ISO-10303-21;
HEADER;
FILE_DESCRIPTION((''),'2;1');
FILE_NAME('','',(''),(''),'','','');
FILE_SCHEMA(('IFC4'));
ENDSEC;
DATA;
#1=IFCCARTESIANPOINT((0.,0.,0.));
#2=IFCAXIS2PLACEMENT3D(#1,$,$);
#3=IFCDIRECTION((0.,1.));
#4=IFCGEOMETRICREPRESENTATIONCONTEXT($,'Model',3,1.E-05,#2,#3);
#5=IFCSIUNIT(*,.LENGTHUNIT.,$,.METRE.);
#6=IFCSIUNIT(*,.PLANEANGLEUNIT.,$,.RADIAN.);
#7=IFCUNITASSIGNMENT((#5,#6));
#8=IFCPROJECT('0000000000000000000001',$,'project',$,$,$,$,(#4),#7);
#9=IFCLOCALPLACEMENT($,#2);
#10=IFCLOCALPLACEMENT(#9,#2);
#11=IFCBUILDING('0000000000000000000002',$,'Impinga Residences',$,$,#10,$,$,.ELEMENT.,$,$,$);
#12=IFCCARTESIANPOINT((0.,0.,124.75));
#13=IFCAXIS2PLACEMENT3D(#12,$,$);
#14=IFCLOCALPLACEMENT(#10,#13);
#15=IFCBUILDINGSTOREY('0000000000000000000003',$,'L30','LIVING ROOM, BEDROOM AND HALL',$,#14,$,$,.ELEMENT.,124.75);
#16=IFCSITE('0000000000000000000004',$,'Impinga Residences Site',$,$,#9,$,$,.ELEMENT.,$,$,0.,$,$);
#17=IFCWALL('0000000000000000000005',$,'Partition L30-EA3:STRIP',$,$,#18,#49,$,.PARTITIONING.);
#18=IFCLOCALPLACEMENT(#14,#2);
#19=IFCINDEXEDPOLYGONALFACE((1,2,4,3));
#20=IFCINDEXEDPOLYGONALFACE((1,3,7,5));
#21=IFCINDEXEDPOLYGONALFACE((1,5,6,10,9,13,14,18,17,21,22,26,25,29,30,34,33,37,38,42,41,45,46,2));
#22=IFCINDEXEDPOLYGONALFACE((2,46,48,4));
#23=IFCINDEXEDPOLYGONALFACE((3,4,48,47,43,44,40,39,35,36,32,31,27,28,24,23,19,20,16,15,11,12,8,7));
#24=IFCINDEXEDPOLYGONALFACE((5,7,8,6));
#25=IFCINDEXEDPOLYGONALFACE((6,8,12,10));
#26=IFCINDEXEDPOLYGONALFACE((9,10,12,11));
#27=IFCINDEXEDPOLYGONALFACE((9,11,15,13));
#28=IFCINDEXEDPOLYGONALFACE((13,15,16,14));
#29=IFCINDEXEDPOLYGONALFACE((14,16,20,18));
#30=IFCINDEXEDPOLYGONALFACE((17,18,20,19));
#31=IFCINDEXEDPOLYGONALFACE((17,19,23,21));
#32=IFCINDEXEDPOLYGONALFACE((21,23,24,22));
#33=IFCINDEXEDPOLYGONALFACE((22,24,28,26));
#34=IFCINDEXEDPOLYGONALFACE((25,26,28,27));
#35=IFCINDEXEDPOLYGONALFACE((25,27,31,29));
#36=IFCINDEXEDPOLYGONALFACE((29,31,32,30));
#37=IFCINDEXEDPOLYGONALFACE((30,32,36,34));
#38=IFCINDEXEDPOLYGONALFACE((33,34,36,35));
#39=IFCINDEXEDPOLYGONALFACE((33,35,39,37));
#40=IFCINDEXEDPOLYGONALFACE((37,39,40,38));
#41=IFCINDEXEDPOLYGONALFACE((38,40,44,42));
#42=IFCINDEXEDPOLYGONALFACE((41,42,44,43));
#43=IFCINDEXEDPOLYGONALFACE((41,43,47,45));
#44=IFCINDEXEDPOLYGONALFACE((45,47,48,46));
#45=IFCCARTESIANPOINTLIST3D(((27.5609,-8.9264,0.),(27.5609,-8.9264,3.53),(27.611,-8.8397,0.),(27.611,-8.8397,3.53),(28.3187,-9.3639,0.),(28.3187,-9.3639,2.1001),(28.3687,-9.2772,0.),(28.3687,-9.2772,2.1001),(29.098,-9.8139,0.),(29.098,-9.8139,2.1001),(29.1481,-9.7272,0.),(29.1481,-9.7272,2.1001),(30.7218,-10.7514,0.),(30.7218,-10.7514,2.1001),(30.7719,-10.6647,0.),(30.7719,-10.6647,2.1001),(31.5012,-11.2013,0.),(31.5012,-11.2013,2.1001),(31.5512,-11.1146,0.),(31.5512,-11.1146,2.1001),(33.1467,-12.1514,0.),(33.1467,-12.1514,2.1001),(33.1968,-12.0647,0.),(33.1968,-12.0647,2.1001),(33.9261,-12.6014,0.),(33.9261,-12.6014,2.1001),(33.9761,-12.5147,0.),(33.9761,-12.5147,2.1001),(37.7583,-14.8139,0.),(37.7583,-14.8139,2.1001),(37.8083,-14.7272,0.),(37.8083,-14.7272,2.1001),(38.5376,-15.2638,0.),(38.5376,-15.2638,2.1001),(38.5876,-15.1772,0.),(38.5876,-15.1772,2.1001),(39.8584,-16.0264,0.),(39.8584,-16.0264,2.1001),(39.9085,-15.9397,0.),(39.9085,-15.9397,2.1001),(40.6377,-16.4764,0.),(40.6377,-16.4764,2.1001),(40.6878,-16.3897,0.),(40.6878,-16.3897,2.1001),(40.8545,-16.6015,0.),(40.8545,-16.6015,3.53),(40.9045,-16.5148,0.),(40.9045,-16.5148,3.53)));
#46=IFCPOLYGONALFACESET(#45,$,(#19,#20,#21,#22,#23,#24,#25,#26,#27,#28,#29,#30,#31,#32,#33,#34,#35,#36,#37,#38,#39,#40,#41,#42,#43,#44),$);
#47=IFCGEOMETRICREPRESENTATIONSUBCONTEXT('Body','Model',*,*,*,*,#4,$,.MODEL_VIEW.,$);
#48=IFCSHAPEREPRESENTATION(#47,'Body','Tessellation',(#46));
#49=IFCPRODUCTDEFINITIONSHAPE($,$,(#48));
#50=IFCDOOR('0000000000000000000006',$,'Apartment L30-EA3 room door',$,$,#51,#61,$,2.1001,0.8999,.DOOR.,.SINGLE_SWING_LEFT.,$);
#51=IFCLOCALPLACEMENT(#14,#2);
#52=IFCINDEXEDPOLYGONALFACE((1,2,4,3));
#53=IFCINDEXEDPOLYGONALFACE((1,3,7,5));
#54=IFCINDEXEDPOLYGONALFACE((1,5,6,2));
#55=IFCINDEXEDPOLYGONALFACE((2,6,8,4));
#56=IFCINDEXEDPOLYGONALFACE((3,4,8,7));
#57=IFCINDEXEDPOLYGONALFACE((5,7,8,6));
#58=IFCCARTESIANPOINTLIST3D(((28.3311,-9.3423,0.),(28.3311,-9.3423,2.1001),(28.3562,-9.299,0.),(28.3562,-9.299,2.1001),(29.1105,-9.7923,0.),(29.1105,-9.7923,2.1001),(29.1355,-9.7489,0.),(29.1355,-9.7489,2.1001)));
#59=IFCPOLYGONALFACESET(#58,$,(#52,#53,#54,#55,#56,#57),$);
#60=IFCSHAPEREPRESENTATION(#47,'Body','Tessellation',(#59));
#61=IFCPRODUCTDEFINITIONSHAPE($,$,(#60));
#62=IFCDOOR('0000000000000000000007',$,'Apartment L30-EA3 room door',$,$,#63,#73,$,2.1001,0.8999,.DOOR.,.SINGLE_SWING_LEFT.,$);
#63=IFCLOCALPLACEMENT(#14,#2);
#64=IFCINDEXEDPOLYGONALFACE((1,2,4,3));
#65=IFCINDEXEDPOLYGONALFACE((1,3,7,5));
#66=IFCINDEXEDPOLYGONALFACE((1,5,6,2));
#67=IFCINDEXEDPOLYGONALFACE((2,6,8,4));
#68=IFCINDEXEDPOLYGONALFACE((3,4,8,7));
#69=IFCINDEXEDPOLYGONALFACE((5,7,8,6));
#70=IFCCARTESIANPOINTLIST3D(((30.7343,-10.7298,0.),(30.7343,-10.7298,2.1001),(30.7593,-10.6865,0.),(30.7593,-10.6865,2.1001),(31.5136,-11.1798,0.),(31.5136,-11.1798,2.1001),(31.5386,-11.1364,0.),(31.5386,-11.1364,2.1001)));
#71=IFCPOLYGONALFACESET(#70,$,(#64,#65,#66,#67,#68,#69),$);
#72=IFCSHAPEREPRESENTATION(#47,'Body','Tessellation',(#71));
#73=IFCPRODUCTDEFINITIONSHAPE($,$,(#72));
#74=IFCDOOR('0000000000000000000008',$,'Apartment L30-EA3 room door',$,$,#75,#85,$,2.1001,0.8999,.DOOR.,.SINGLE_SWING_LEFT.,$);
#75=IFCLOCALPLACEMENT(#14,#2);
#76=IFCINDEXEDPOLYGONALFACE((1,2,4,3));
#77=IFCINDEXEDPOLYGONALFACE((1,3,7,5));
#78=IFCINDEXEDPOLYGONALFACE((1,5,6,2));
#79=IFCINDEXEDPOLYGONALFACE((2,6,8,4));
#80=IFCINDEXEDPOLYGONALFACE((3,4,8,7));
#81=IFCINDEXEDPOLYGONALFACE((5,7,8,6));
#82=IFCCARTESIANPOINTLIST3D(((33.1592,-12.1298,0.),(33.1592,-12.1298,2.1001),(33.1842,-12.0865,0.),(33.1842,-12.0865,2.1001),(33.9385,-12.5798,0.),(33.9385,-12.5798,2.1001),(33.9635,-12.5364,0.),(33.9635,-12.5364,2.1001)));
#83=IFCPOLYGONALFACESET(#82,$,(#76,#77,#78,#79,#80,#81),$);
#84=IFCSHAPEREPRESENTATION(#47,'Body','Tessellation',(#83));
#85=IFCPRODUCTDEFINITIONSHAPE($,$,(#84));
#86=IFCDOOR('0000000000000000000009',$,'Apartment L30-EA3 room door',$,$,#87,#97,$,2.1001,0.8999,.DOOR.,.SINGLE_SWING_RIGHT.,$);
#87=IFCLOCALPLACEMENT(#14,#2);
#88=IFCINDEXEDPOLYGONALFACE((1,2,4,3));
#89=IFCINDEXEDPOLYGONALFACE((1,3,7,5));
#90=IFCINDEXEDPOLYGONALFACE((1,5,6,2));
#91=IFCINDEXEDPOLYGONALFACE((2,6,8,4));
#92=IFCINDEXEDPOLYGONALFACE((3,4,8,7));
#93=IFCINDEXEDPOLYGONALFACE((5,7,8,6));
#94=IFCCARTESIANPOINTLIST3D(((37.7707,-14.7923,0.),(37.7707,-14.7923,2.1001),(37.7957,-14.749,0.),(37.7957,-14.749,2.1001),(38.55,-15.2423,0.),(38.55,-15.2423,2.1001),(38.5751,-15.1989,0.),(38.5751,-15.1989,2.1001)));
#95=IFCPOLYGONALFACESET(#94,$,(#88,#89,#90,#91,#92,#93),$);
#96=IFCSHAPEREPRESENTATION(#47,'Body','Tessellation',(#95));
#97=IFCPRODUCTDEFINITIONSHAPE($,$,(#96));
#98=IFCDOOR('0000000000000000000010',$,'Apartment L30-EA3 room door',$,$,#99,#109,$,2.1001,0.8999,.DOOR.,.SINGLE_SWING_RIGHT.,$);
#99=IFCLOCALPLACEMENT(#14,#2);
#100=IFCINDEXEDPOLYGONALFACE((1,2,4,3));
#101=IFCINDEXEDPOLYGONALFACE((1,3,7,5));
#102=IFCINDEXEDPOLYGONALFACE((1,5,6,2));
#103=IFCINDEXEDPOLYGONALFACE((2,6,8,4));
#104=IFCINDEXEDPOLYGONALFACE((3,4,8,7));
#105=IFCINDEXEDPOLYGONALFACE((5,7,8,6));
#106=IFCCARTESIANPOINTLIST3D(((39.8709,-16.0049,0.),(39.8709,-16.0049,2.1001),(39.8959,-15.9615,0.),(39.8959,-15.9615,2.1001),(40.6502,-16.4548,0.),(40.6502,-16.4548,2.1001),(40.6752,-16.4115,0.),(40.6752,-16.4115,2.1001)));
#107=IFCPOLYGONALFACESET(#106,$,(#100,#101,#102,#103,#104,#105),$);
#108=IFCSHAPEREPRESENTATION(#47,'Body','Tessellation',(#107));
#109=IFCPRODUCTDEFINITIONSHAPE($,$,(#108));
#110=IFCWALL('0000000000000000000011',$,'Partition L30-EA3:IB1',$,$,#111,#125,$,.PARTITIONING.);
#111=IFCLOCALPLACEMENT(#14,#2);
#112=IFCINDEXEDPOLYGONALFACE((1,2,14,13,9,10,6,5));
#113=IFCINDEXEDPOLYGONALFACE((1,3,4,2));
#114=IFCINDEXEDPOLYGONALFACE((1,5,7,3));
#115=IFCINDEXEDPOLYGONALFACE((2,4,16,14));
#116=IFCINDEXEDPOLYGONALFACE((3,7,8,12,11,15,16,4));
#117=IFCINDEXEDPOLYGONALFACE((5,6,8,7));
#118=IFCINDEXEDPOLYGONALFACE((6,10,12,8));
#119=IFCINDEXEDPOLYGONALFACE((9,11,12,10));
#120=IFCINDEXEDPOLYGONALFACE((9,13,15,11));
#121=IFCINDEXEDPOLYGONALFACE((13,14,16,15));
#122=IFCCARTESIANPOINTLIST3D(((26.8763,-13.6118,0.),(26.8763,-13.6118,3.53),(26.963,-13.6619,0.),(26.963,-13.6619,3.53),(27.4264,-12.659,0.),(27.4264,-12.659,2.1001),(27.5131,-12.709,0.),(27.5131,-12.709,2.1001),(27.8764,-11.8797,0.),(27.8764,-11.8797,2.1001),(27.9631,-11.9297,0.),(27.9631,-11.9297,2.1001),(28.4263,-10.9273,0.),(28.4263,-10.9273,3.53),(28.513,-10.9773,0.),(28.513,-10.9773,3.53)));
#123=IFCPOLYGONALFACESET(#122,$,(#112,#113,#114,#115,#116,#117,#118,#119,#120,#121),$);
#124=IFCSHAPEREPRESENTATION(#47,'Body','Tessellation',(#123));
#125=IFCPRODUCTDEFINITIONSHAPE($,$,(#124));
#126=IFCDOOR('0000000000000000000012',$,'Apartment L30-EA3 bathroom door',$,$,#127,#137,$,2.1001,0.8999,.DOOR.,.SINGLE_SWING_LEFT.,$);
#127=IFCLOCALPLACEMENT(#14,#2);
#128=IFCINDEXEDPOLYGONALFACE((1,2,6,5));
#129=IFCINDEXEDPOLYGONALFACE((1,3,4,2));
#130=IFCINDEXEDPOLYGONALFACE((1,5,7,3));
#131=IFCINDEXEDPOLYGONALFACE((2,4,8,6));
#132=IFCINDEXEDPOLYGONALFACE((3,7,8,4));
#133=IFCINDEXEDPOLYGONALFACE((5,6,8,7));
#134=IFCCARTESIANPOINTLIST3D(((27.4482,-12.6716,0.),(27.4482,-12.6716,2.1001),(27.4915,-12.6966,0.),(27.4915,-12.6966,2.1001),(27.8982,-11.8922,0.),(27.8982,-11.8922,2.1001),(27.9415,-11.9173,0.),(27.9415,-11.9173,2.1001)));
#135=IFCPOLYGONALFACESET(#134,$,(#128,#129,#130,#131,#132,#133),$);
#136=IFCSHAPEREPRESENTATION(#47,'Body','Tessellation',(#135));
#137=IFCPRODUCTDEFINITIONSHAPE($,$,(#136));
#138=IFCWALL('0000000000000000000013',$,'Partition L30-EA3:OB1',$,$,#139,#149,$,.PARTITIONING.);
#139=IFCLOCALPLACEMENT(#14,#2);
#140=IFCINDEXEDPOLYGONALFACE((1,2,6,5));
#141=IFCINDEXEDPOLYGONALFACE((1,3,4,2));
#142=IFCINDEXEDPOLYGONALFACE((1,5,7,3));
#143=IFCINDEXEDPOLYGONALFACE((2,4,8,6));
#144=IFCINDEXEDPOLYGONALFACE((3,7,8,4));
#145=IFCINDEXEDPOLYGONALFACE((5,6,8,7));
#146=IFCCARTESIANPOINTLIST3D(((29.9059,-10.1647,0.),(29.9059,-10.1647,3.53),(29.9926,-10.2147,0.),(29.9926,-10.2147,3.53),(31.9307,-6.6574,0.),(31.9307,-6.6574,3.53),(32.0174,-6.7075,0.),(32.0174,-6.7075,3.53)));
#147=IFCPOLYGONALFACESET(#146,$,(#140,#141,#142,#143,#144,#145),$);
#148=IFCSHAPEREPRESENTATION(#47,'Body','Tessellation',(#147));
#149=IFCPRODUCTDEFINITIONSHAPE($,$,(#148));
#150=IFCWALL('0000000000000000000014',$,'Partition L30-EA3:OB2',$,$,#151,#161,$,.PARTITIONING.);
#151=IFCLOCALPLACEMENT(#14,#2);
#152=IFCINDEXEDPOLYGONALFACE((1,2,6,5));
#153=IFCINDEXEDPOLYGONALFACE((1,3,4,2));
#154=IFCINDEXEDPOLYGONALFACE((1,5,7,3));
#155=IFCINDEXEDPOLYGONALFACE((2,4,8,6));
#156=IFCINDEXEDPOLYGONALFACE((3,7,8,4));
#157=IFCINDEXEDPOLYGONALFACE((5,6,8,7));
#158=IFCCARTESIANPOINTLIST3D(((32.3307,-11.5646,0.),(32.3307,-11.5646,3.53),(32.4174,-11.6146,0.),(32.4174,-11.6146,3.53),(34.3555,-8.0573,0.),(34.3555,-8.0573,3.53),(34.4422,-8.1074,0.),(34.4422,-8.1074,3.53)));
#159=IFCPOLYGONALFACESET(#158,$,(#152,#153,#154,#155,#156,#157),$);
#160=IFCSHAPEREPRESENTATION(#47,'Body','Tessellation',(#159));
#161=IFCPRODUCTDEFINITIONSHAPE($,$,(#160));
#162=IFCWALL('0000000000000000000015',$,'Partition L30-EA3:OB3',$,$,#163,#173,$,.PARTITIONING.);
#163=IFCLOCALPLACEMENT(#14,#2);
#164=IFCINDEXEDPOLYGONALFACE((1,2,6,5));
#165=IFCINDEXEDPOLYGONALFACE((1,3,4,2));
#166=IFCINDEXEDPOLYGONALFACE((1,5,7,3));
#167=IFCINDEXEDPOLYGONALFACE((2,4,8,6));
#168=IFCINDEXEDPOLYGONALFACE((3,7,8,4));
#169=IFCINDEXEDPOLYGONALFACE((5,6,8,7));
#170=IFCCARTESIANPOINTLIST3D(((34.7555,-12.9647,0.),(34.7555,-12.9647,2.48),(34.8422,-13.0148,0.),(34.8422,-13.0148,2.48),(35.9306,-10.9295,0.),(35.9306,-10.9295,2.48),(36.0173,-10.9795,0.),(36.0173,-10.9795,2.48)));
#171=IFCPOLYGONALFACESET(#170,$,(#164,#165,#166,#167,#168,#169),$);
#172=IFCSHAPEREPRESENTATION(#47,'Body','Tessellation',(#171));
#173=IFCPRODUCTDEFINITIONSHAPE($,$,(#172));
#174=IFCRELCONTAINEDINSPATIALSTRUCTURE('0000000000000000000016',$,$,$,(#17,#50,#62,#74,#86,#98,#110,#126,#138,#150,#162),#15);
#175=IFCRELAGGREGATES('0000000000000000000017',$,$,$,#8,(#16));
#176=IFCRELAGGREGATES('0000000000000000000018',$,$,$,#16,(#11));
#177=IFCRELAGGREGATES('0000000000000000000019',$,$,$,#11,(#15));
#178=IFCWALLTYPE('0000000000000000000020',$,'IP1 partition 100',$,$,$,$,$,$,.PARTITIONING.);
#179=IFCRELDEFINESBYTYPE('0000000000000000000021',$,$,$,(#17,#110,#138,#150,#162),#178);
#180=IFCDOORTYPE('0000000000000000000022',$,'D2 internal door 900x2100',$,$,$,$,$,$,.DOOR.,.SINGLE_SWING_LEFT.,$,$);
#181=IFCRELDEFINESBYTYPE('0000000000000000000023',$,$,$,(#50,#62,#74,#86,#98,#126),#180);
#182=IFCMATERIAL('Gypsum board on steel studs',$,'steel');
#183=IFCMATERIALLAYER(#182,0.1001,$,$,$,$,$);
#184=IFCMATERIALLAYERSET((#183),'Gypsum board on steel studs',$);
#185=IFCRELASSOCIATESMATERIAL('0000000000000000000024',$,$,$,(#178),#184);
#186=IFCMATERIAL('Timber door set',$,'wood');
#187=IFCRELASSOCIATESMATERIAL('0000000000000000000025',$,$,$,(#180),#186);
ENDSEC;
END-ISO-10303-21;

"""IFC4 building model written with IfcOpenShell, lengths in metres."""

from ifc_helpers import new_model, si_unit, direction, frame, frame_2d, origin, place, context, subcontext, project, spatial, rectangle, extrude, material, layer, layer_set, type_object, element, fill, save


model = new_model("IFC4")

# Units and contexts
model_context = context("Model", 3, precision=1e-05, world=origin(), true_north=direction((0.0, 1.0)))
body_context = subcontext(model_context, "Body", "Model", "MODEL_VIEW")
ifc_project = project(units=[si_unit("LENGTHUNIT", "METRE"), si_unit("PLANEANGLEUNIT", "RADIAN")], contexts=[model_context])

# Site, building, storey
site_placement = place(None, origin())
site = spatial("IfcSite", under=ifc_project, at=site_placement, Name="Impinga Residences Site", CompositionType="ELEMENT", RefElevation=0.0)
building_placement = place(site_placement, origin())
building = spatial("IfcBuilding", under=site, at=building_placement, Name="Impinga Residences", CompositionType="ELEMENT")
storey_placement = place(building_placement, frame((0.0, 0.0, 124.75)))
storey = spatial("IfcBuildingStorey", under=building, at=storey_placement, Name="L30", Description="LIVING ROOM, BEDROOM AND HALL", CompositionType="ELEMENT", Elevation=124.75)

# Shared definitions
ifc_material_1 = material(Name="Gypsum board on steel studs", Category="steel")
ifc_layer_1 = layer(ifc_material_1, 0.1001)
ifc_layer_set_1 = layer_set([ifc_layer_1], Name="Gypsum board on steel studs")
wall_type_1 = type_object("IfcWallType", Name="IP1 partition 100", PredefinedType="PARTITIONING", material=ifc_layer_set_1)

# Wall, openings, doors
wall_1_placement = place(storey_placement, frame((27.5859, -8.8831, 0.0), z_axis=(0.0, 0.0, 1.0), x_axis=(0.866023, -0.500003, 0.0)))
wall_1 = element("IfcWall", 1, at=wall_1_placement, inside=storey, type_object=wall_type_1, Name="Partition L30-EA3:STRIP", PredefinedType="PARTITIONING", context=body_context, shape_type="SweptSolid", body=[
    extrude(rectangle(XDim=15.3501, YDim=0.1001, at=frame_2d((7.675, 0.0))), origin(), (0.0, 0.0, 1.0), 3.53),
])
opening_1_placement = place(wall_1_placement, frame((0.875, 0.0, 0.0)))
opening_1 = element("IfcOpeningElement", 2, at=opening_1_placement, cuts=wall_1, PredefinedType="OPENING", context=body_context, shape_type="SweptSolid", body=[
    extrude(rectangle(XDim=0.8999, YDim=2.1001, at=frame_2d((0.45, 1.05))), frame((0.0, 0.0601, 0.0), z_axis=(0.0, -1.0, 0.0), x_axis=(1.0, 0.0, 0.0)), (0.0, 0.0, 1.0), 0.1201),
])
opening_2_placement = place(wall_1_placement, frame((3.6499, 0.0, 0.0)))
opening_2 = element("IfcOpeningElement", 3, at=opening_2_placement, cuts=wall_1, PredefinedType="OPENING", context=body_context, shape_type="SweptSolid", body=[
    extrude(rectangle(XDim=0.8999, YDim=2.1001, at=frame_2d((0.45, 1.05))), frame((0.0, 0.0601, 0.0), z_axis=(0.0, -1.0, 0.0), x_axis=(1.0, 0.0, 0.0)), (0.0, 0.0, 1.0), 0.1201),
])
opening_3_placement = place(wall_1_placement, frame((6.45, 0.0, 0.0)))
opening_3 = element("IfcOpeningElement", 4, at=opening_3_placement, cuts=wall_1, PredefinedType="OPENING", context=body_context, shape_type="SweptSolid", body=[
    extrude(rectangle(XDim=0.8999, YDim=2.1001, at=frame_2d((0.45, 1.05))), frame((0.0, 0.0601, 0.0), z_axis=(0.0, -1.0, 0.0), x_axis=(1.0, 0.0, 0.0)), (0.0, 0.0, 1.0), 0.1201),
])
opening_4_placement = place(wall_1_placement, frame((11.7749, 0.0, 0.0)))
opening_4 = element("IfcOpeningElement", 5, at=opening_4_placement, cuts=wall_1, PredefinedType="OPENING", context=body_context, shape_type="SweptSolid", body=[
    extrude(rectangle(XDim=0.8999, YDim=2.1001, at=frame_2d((0.45, 1.05))), frame((0.0, 0.0601, 0.0), z_axis=(0.0, -1.0, 0.0), x_axis=(1.0, 0.0, 0.0)), (0.0, 0.0, 1.0), 0.1201),
])
opening_5_placement = place(wall_1_placement, frame((14.2, 0.0, 0.0)))
opening_5 = element("IfcOpeningElement", 6, at=opening_5_placement, cuts=wall_1, PredefinedType="OPENING", context=body_context, shape_type="SweptSolid", body=[
    extrude(rectangle(XDim=0.8999, YDim=2.1001, at=frame_2d((0.45, 1.05))), frame((0.0, 0.0601, 0.0), z_axis=(0.0, -1.0, 0.0), x_axis=(1.0, 0.0, 0.0)), (0.0, 0.0, 1.0), 0.1201),
])
ifc_material_2 = material(Name="Timber door set", Category="wood")
door_type = type_object("IfcDoorType", Name="D2 internal door 900x2100", OperationType="SINGLE_SWING_LEFT", PredefinedType="DOOR", material=ifc_material_2)
door_1_placement = place(opening_1_placement, origin())
door_1 = element("IfcDoor", 7, at=door_1_placement, inside=storey, type_object=door_type, Name="Apartment L30-EA3 room door", OperationType="SINGLE_SWING_LEFT", OverallHeight=2.1001, OverallWidth=0.8999, PredefinedType="DOOR", context=body_context, shape_type="SweptSolid", body=[
    extrude(rectangle(XDim=0.8999, YDim=2.1001, at=frame_2d((0.45, 1.05))), frame((0.0, 0.0249, 0.0), z_axis=(0.0, -1.0, 0.0), x_axis=(1.0, 0.0, 0.0)), (0.0, 0.0, 1.0), 0.05),
])
fill(opening_1, door_1)
door_2_placement = place(opening_2_placement, origin())
door_2 = element("IfcDoor", 8, at=door_2_placement, inside=storey, type_object=door_type, Name="Apartment L30-EA3 room door", OperationType="SINGLE_SWING_LEFT", OverallHeight=2.1001, OverallWidth=0.8999, PredefinedType="DOOR", context=body_context, shape_type="SweptSolid", body=[
    extrude(rectangle(XDim=0.8999, YDim=2.1001, at=frame_2d((0.45, 1.05))), frame((0.0, 0.0249, 0.0), z_axis=(0.0, -1.0, 0.0), x_axis=(1.0, 0.0, 0.0)), (0.0, 0.0, 1.0), 0.05),
])
fill(opening_2, door_2)
door_3_placement = place(opening_3_placement, origin())
door_3 = element("IfcDoor", 9, at=door_3_placement, inside=storey, type_object=door_type, Name="Apartment L30-EA3 room door", OperationType="SINGLE_SWING_LEFT", OverallHeight=2.1001, OverallWidth=0.8999, PredefinedType="DOOR", context=body_context, shape_type="SweptSolid", body=[
    extrude(rectangle(XDim=0.8999, YDim=2.1001, at=frame_2d((0.45, 1.05))), frame((0.0, 0.0249, 0.0), z_axis=(0.0, -1.0, 0.0), x_axis=(1.0, 0.0, 0.0)), (0.0, 0.0, 1.0), 0.05),
])
fill(opening_3, door_3)
door_4_placement = place(opening_4_placement, origin())
door_4 = element("IfcDoor", 10, at=door_4_placement, inside=storey, type_object=door_type, Name="Apartment L30-EA3 room door", OperationType="SINGLE_SWING_RIGHT", OverallHeight=2.1001, OverallWidth=0.8999, PredefinedType="DOOR", context=body_context, shape_type="SweptSolid", body=[
    extrude(rectangle(XDim=0.8999, YDim=2.1001, at=frame_2d((0.45, 1.05))), frame((0.0, 0.0249, 0.0), z_axis=(0.0, -1.0, 0.0), x_axis=(1.0, 0.0, 0.0)), (0.0, 0.0, 1.0), 0.05),
])
fill(opening_4, door_4)
door_5_placement = place(opening_5_placement, origin())
door_5 = element("IfcDoor", 11, at=door_5_placement, inside=storey, type_object=door_type, Name="Apartment L30-EA3 room door", OperationType="SINGLE_SWING_RIGHT", OverallHeight=2.1001, OverallWidth=0.8999, PredefinedType="DOOR", context=body_context, shape_type="SweptSolid", body=[
    extrude(rectangle(XDim=0.8999, YDim=2.1001, at=frame_2d((0.45, 1.05))), frame((0.0, 0.0249, 0.0), z_axis=(0.0, -1.0, 0.0), x_axis=(1.0, 0.0, 0.0)), (0.0, 0.0, 1.0), 0.05),
])
fill(opening_5, door_5)

# Wall, opening, door
wall_2_placement = place(storey_placement, frame((26.9197, -13.6367, 0.0), z_axis=(0.0, 0.0, 1.0), x_axis=(0.500027, 0.86601, 0.0)))
wall_2 = element("IfcWall", 12, at=wall_2_placement, inside=storey, type_object=wall_type_1, Name="Partition L30-EA3:IB1", PredefinedType="PARTITIONING", context=body_context, shape_type="SweptSolid", body=[
    extrude(rectangle(XDim=3.0999, YDim=0.1001, at=frame_2d((1.5498, 0.0))), origin(), (0.0, 0.0, 1.0), 3.53),
])
opening_6_placement = place(wall_2_placement, frame((1.1001, 0.0, 0.0)))
opening_6 = element("IfcOpeningElement", 13, at=opening_6_placement, cuts=wall_2, PredefinedType="OPENING", context=body_context, shape_type="SweptSolid", body=[
    extrude(rectangle(XDim=0.8999, YDim=2.1001, at=frame_2d((0.45, 1.05))), frame((0.0, 0.0601, 0.0), z_axis=(0.0, -1.0, 0.0), x_axis=(1.0, 0.0, 0.0)), (0.0, 0.0, 1.0), 0.1201),
])
door_6_placement = place(opening_6_placement, origin())
door_6 = element("IfcDoor", 14, at=door_6_placement, inside=storey, type_object=door_type, Name="Apartment L30-EA3 bathroom door", OperationType="SINGLE_SWING_LEFT", OverallHeight=2.1001, OverallWidth=0.8999, PredefinedType="DOOR", context=body_context, shape_type="SweptSolid", body=[
    extrude(rectangle(XDim=0.8999, YDim=2.1001, at=frame_2d((0.45, 1.05))), frame((0.0, 0.0249, 0.0), z_axis=(0.0, -1.0, 0.0), x_axis=(1.0, 0.0, 0.0)), (0.0, 0.0, 1.0), 0.05),
])
fill(opening_6, door_6)

# Walls
for number, where, z_axis, x_axis, name in (
    (15, (29.9492, -10.1897, 0.0), (0.0, 0.0, 1.0), (0.49999, 0.866031, 0.0), "Partition L30-EA3:OB1"),
    (16, (32.374, -11.5896, 0.0), (0.0, 0.0, 1.0), (0.49999, 0.866031, 0.0), "Partition L30-EA3:OB2"),
):
    element("IfcWall", number, at=place(storey_placement, frame(where, z_axis=z_axis, x_axis=x_axis)), inside=storey, type_object=wall_type_1, Name=name, PredefinedType="PARTITIONING", context=body_context, shape_type="SweptSolid", body=[
        extrude(rectangle(XDim=4.0498, YDim=0.1001, at=frame_2d((2.0249, 0.0))), origin(), (0.0, 0.0, 1.0), 3.53),
    ])
wall_3_placement = place(storey_placement, frame((34.7988, -12.9897, 0.0), z_axis=(0.0, 0.0, 1.0), x_axis=(0.500016, 0.866016, 0.0)))
element("IfcWall", 17, at=wall_3_placement, inside=storey, type_object=wall_type_1, Name="Partition L30-EA3:OB3", PredefinedType="PARTITIONING", context=body_context, shape_type="SweptSolid", body=[
    extrude(rectangle(XDim=2.3501, YDim=0.1001, at=frame_2d((1.175, 0.0))), origin(), (0.0, 0.0, 1.0), 2.48),
])

save(model, "model.ifc")
